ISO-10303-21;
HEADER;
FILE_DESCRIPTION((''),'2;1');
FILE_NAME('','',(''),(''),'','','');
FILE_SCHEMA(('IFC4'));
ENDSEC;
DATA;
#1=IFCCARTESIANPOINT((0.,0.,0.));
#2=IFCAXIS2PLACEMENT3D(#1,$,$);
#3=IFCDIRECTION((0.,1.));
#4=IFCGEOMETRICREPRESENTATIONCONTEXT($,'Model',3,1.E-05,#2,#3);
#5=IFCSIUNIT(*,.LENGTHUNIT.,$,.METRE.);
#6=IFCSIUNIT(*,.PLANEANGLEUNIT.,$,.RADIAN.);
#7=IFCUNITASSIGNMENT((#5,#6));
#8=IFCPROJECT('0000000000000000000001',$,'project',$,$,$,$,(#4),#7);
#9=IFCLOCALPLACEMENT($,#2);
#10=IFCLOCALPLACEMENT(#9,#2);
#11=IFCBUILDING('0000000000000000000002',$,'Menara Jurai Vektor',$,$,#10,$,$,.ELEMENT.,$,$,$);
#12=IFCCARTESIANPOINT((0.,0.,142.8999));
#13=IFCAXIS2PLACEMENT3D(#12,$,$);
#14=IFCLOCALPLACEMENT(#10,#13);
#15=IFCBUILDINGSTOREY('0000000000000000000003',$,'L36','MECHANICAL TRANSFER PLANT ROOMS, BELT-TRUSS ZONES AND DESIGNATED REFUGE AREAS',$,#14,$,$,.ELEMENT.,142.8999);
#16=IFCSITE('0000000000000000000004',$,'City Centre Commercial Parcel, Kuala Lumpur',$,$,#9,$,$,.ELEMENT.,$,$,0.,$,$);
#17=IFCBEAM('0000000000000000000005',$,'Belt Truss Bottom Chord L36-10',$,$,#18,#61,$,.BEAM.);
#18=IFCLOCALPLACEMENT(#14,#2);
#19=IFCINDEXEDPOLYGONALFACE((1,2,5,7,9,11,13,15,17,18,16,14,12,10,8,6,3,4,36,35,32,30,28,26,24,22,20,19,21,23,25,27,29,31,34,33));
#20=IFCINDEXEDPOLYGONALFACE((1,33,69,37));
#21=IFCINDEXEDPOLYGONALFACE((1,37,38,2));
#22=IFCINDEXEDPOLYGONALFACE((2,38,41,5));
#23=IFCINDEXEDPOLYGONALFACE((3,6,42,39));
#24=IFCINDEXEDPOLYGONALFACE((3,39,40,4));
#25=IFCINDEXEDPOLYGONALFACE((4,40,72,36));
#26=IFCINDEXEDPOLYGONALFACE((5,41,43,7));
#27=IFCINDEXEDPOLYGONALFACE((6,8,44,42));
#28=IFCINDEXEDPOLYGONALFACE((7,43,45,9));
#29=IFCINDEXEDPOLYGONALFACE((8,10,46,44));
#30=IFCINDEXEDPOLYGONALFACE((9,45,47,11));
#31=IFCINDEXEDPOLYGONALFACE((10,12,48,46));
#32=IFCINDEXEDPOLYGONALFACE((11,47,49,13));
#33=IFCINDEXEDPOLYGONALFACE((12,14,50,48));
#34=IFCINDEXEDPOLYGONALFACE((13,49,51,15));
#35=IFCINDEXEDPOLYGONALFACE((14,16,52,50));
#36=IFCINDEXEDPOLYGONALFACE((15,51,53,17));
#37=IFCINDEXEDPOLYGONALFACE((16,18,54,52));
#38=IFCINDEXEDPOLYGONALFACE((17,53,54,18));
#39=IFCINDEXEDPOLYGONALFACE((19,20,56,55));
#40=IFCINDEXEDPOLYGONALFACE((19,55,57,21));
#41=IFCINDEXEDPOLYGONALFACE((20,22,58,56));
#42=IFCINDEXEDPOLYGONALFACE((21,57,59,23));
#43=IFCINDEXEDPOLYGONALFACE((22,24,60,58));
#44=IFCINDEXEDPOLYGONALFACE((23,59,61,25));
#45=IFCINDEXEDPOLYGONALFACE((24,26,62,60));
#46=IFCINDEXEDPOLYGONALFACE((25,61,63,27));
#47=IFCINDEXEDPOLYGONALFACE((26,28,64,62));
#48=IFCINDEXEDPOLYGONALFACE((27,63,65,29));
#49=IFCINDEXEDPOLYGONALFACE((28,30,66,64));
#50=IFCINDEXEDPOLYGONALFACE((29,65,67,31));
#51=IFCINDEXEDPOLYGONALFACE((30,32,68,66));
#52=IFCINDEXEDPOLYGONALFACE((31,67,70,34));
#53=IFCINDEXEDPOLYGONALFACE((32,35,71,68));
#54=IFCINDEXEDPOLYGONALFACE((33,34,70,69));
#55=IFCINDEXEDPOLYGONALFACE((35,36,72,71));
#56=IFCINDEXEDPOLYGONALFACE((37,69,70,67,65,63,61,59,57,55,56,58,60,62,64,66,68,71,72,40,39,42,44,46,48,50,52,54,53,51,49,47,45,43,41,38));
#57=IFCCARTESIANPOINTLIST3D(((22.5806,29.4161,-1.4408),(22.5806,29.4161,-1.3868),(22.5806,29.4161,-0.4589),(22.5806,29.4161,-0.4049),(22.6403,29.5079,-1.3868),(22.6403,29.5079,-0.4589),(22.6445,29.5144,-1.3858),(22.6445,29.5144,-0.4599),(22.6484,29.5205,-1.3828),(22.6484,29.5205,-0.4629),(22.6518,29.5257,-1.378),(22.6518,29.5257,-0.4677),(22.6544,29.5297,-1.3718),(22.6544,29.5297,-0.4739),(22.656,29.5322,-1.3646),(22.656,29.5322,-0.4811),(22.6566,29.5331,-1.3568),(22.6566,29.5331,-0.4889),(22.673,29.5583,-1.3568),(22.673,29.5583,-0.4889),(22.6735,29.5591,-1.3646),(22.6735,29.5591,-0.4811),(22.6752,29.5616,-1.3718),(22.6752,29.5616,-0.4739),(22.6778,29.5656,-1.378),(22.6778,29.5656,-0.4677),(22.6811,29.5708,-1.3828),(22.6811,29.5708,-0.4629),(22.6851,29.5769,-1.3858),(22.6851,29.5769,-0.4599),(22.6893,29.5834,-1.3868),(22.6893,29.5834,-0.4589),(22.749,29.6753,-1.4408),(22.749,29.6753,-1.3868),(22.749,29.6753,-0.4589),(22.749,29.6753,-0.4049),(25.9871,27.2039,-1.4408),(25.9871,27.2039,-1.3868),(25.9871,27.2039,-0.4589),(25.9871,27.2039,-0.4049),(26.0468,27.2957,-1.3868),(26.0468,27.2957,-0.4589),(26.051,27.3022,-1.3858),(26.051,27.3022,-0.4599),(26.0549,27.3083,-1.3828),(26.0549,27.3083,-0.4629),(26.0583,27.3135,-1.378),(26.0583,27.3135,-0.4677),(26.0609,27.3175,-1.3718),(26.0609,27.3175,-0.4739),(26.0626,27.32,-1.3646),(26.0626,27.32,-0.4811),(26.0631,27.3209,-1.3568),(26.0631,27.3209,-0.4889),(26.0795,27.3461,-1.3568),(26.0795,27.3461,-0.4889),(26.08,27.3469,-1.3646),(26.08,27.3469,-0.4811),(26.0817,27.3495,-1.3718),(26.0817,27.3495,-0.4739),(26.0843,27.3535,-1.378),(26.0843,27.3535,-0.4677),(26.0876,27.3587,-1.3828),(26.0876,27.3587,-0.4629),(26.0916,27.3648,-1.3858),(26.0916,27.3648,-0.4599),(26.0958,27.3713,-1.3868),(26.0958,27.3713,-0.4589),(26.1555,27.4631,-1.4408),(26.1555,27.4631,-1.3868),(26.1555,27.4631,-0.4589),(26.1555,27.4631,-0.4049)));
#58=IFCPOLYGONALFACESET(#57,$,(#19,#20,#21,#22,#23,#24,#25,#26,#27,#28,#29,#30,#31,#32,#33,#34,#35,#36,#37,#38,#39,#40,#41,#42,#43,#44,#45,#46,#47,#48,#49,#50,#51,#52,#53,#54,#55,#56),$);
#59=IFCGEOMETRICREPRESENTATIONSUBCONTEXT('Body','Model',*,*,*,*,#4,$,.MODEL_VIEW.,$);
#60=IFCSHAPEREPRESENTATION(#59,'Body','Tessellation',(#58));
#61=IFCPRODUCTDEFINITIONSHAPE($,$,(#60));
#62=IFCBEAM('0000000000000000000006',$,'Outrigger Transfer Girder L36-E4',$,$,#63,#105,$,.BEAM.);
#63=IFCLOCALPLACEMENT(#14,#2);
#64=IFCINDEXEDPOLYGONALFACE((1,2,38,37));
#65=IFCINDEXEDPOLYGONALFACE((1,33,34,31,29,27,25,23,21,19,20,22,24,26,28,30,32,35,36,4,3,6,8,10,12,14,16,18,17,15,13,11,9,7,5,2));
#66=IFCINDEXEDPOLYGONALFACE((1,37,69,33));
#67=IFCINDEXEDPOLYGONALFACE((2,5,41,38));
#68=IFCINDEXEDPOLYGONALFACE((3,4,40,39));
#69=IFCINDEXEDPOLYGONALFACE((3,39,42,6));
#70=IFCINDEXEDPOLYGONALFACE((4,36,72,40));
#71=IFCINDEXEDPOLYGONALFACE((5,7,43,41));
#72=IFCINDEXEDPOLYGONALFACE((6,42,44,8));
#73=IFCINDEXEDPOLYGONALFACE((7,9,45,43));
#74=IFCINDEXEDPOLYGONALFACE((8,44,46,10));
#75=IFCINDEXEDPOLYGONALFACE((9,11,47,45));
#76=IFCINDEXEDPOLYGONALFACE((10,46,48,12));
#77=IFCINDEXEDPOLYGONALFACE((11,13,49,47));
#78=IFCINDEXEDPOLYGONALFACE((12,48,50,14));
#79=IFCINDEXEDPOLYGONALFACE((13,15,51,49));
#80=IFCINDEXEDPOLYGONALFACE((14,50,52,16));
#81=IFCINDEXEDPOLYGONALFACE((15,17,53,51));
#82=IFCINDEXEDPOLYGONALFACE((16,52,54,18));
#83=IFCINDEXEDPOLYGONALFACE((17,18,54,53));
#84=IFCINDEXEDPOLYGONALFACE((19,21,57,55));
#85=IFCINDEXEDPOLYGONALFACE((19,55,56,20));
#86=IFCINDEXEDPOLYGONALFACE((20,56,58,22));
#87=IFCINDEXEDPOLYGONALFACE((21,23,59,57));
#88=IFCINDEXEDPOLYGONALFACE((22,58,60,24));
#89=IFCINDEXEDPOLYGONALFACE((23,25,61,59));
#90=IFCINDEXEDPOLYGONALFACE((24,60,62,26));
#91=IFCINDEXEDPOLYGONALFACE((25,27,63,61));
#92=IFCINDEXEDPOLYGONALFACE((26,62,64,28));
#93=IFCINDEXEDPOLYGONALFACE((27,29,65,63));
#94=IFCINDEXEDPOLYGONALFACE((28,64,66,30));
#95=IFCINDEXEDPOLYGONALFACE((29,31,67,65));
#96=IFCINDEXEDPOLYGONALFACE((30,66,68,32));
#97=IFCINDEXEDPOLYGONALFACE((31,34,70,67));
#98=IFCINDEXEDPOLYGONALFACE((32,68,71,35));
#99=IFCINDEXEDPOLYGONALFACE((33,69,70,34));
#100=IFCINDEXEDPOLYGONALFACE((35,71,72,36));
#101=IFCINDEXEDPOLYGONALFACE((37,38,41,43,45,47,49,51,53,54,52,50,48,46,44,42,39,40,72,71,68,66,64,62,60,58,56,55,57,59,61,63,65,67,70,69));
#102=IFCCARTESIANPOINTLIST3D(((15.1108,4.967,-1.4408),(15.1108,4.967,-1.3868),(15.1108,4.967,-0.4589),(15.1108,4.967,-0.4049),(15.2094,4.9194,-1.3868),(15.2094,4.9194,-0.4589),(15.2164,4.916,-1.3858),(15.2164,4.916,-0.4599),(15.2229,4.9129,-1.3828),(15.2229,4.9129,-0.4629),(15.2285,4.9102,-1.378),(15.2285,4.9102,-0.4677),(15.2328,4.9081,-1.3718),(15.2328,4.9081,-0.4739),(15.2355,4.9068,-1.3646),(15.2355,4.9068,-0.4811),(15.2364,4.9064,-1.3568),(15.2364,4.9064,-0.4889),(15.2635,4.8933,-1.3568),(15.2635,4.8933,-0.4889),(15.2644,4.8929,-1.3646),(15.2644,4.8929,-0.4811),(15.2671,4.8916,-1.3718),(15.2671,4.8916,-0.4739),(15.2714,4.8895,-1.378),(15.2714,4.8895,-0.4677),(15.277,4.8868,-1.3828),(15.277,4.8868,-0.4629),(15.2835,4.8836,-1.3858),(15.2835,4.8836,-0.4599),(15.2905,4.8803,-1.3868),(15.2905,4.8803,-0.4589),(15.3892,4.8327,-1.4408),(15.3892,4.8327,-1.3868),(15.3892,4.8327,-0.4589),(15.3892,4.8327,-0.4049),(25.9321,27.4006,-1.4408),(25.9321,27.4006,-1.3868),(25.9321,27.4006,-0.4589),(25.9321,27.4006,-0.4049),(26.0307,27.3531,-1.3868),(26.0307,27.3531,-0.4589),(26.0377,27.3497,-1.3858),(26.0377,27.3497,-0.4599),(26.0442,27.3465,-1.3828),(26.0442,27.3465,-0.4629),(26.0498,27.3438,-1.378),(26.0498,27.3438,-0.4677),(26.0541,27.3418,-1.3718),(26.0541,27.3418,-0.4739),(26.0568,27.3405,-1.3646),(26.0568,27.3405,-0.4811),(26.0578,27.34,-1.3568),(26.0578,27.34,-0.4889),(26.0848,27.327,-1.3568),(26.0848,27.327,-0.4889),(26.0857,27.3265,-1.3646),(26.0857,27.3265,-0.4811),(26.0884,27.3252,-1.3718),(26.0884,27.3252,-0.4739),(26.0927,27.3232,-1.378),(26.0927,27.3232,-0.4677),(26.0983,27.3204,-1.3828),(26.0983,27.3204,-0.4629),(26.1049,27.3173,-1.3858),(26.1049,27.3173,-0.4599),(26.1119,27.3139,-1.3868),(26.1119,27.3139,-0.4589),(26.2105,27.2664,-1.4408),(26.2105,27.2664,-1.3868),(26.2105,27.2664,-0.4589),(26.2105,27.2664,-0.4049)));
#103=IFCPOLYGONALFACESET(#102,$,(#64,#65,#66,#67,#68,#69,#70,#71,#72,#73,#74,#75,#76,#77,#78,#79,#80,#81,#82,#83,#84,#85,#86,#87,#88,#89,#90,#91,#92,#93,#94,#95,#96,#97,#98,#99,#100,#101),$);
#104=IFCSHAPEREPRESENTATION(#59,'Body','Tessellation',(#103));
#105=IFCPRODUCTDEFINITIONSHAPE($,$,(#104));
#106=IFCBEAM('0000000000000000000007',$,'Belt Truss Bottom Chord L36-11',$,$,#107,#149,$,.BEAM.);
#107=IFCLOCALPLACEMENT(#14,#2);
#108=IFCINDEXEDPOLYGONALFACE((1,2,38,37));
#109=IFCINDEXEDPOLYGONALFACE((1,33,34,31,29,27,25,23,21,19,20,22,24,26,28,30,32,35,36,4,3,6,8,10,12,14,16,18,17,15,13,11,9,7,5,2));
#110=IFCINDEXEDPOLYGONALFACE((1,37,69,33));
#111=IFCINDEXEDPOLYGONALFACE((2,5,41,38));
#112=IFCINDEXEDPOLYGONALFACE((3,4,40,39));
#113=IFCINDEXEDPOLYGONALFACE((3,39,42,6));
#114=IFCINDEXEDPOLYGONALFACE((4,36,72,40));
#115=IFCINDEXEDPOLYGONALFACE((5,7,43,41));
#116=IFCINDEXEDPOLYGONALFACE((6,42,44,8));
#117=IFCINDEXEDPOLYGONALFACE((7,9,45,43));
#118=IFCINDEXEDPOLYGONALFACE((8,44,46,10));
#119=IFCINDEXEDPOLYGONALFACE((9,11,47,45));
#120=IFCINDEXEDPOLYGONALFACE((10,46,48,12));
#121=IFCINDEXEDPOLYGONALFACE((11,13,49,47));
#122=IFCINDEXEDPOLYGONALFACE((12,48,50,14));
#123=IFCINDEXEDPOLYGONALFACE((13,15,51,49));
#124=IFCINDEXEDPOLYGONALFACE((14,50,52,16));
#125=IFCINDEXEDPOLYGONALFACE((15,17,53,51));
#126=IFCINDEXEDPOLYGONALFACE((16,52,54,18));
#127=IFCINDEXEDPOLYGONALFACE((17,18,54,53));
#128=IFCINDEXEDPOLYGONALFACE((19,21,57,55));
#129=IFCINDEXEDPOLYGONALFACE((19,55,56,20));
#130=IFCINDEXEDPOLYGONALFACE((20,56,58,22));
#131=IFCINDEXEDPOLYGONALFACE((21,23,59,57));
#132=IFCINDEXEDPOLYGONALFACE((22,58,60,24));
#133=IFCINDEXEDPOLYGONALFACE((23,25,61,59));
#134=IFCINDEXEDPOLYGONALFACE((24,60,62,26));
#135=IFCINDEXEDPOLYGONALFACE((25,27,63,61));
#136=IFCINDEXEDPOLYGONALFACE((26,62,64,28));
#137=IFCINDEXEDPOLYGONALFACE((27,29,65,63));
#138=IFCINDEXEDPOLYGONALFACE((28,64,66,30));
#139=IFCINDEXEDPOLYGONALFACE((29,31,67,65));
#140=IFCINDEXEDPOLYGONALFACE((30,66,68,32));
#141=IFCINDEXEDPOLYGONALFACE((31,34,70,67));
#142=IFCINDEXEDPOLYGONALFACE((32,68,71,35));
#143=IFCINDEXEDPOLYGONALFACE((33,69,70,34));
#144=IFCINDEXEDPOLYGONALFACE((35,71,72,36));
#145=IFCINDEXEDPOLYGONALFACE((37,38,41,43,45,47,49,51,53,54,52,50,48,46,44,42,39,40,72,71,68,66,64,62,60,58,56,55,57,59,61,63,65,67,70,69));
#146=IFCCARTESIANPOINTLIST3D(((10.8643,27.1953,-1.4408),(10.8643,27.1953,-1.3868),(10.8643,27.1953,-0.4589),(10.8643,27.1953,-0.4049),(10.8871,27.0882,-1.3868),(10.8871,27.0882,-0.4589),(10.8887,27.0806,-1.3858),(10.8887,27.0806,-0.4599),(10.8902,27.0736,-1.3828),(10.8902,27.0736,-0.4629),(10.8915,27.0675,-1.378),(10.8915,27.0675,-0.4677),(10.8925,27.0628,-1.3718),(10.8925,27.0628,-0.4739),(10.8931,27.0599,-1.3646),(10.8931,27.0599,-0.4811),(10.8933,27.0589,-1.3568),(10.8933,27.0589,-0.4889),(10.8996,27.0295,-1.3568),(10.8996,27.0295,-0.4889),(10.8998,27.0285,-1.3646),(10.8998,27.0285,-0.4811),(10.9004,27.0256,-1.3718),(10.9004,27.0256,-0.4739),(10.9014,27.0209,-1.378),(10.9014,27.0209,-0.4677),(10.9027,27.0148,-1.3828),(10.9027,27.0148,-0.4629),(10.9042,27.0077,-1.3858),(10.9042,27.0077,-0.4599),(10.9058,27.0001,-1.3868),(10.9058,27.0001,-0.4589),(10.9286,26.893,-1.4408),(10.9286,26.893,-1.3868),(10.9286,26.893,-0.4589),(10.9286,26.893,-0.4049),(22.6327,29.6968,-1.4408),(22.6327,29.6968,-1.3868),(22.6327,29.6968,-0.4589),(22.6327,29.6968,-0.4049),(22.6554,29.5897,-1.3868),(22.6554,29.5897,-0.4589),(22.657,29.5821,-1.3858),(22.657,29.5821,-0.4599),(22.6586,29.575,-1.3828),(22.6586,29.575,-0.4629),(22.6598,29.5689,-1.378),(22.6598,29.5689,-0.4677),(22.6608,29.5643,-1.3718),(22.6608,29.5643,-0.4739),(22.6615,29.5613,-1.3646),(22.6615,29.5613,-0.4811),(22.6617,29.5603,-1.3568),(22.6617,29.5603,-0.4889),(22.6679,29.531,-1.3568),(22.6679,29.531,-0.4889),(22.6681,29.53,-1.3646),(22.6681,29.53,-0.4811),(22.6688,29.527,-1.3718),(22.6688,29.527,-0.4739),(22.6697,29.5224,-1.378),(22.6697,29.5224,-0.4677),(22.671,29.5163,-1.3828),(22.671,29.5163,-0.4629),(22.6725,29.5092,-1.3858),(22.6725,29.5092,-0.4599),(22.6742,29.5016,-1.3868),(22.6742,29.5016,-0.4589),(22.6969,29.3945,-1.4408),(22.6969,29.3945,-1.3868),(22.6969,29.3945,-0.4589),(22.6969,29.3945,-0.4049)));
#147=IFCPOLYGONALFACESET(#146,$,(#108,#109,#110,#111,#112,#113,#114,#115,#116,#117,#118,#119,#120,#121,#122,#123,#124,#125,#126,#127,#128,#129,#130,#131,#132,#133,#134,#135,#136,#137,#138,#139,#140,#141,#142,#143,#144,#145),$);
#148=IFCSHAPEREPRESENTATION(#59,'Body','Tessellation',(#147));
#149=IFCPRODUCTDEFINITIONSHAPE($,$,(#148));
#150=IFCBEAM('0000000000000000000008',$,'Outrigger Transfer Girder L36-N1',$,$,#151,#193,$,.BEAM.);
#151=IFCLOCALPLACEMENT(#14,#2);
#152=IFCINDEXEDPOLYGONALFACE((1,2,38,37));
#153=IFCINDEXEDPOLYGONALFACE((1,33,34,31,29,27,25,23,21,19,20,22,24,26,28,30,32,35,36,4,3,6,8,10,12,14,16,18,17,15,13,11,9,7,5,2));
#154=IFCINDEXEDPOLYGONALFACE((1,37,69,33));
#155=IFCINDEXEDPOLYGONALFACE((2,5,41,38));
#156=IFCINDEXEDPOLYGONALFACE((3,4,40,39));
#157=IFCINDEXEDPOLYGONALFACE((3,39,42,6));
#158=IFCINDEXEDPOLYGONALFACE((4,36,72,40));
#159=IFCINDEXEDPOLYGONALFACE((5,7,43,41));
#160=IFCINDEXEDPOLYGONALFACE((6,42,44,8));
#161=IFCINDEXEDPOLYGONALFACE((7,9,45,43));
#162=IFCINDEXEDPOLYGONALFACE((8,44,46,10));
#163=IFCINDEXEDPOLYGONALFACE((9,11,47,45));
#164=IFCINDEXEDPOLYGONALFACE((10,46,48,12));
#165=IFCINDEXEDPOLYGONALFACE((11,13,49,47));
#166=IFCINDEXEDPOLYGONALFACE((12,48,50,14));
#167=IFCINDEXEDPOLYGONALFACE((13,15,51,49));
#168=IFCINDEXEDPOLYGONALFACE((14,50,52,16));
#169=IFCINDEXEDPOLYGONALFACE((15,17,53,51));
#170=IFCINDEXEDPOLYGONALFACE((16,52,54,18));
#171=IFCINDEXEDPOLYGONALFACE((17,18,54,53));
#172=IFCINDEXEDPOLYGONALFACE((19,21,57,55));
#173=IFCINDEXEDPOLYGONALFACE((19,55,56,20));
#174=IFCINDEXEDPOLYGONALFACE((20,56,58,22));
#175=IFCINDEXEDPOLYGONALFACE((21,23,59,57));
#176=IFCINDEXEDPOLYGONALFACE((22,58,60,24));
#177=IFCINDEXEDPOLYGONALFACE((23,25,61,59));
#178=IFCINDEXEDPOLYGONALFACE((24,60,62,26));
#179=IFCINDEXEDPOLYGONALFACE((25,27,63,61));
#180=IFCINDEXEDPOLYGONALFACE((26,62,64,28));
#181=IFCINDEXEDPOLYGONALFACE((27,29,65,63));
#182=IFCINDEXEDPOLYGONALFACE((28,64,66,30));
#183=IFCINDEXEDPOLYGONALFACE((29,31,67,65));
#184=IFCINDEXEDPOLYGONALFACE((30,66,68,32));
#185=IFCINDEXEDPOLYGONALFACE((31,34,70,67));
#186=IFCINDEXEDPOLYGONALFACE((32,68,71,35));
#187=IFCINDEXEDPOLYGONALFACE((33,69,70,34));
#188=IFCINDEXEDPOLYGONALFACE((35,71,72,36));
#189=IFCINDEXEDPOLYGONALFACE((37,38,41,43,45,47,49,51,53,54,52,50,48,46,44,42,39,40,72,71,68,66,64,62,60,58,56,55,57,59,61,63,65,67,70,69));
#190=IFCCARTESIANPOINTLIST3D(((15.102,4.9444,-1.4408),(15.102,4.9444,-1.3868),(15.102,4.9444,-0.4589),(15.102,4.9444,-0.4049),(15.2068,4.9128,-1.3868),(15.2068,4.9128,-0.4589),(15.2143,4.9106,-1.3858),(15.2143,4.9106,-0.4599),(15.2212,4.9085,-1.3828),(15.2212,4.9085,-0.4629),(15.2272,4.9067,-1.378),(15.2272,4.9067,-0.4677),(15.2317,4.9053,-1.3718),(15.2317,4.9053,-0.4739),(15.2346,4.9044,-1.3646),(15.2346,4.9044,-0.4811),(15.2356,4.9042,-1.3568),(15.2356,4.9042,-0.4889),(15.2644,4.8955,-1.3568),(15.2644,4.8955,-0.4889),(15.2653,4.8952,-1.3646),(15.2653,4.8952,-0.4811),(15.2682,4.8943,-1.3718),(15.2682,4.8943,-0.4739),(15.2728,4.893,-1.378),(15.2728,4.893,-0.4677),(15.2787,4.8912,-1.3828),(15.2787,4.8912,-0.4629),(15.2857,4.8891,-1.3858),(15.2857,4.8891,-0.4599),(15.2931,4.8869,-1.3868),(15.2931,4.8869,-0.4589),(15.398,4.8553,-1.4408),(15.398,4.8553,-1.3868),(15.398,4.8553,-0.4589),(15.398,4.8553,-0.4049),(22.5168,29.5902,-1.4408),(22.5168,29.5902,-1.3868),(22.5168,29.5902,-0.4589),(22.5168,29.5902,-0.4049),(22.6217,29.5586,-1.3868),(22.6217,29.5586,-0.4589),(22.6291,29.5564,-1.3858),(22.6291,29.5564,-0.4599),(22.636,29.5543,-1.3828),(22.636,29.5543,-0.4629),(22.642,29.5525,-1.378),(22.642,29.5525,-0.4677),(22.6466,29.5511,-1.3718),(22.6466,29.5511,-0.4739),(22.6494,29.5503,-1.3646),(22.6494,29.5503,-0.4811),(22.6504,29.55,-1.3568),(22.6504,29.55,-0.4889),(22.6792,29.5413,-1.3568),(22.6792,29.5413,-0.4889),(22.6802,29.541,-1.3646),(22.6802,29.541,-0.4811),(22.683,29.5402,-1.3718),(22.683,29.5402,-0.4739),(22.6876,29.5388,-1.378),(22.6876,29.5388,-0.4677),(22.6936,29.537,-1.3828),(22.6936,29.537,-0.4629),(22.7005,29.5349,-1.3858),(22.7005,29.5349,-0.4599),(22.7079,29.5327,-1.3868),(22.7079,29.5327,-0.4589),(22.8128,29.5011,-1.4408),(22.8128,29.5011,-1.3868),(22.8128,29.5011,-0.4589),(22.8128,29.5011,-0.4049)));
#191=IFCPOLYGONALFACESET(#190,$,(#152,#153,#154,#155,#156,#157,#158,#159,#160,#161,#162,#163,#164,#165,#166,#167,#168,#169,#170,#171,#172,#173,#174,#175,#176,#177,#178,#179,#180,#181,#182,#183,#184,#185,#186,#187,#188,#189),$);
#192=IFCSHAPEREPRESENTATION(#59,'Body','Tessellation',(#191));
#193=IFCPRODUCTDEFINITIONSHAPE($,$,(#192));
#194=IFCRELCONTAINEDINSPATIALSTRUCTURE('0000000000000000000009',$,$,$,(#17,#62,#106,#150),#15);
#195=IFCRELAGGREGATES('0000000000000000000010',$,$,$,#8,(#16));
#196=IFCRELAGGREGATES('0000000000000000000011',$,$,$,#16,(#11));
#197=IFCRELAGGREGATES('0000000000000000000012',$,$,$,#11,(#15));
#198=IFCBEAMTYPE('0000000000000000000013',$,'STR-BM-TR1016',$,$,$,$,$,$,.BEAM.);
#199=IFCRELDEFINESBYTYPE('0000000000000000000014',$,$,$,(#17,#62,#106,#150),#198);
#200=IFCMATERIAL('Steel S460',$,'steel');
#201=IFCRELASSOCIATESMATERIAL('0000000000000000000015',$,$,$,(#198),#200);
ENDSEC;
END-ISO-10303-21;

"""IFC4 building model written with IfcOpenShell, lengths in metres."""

from ifc_helpers import new_model, si_unit, direction, frame, origin, origin_2d, place, context, subcontext, project, spatial, i_section, extrude, material, material_profile, profile_set, type_object, element, save


model = new_model("IFC4")

# Units and contexts
model_context = context("Model", 3, precision=1e-05, world=origin(), true_north=direction((0.0, 1.0)))
body_context = subcontext(model_context, "Body", "Model", "MODEL_VIEW")
ifc_project = project(units=[si_unit("LENGTHUNIT", "METRE"), si_unit("PLANEANGLEUNIT", "RADIAN")], contexts=[model_context])

# Site, building, storey
site_placement = place(None, origin())
site = spatial("IfcSite", under=ifc_project, at=site_placement, Name="City Centre Commercial Parcel, Kuala Lumpur", CompositionType="ELEMENT", RefElevation=0.0)
building_placement = place(site_placement, origin())
building = spatial("IfcBuilding", under=site, at=building_placement, Name="Menara Jurai Vektor", CompositionType="ELEMENT")
storey_placement = place(building_placement, frame((0.0, 0.0, 142.8999)))
storey = spatial("IfcBuildingStorey", under=building, at=storey_placement, Name="L36", Description="MECHANICAL TRANSFER PLANT ROOMS, BELT-TRUSS ZONES AND DESIGNATED REFUGE AREAS", CompositionType="ELEMENT", Elevation=142.8999)

# Shared definitions
ifc_material_1 = material(Name="Steel S460", Category="steel")

# Beams
ifc_material_profile_1 = material_profile(ifc_material_1, i_section(OverallWidth=0.3091, OverallDepth=1.0359, WebThickness=0.03, FlangeThickness=0.054, FilletRadius=0.03, at=origin_2d()), Name="UKB 1016x305x487")
ifc_profile_set_1 = profile_set([ifc_material_profile_1], Name="Steel S460")
beam_type_1 = type_object("IfcBeamType", Name="STR-BM-TR1016", PredefinedType="BEAM", material=ifc_profile_set_1)
beam_1_placement = place(storey_placement, frame((26.0713, 27.3335, -0.9229), z_axis=(-0.838676, 0.544631, 0.0), x_axis=(-0.544631, -0.838676, 0.0)))
element("IfcBeam", 1, at=beam_1_placement, inside=storey, type_object=beam_type_1, Name="Belt Truss Bottom Chord L36-10", PredefinedType="BEAM", context=body_context, shape_type="SweptSolid", body=[
    extrude(i_section(OverallWidth=0.3091, OverallDepth=1.0359, WebThickness=0.03, FlangeThickness=0.054, FilletRadius=0.03, at=origin_2d()), origin(), (0.0, 0.0, 1.0), 4.0618),
])
beam_2_placement = place(storey_placement, frame((26.0713, 27.3335, -0.9229), z_axis=(-0.434465, -0.900689, 0.0), x_axis=(0.900689, -0.434465, 0.0)))
element("IfcBeam", 2, at=beam_2_placement, inside=storey, type_object=beam_type_1, Name="Outrigger Transfer Girder L36-E4", PredefinedType="BEAM", context=body_context, shape_type="SweptSolid", body=[
    extrude(i_section(OverallWidth=0.3091, OverallDepth=1.0359, WebThickness=0.03, FlangeThickness=0.054, FilletRadius=0.03, at=origin_2d()), origin(), (0.0, 0.0, 1.0), 24.9072),
])
beam_3_placement = place(storey_placement, frame((22.6648, 29.5457, -0.9229), z_axis=(-0.978147, -0.207914, 0.0), x_axis=(0.207914, -0.978147, 0.0)))
element("IfcBeam", 3, at=beam_3_placement, inside=storey, type_object=beam_type_1, Name="Belt Truss Bottom Chord L36-11", PredefinedType="BEAM", context=body_context, shape_type="SweptSolid", body=[
    extrude(i_section(OverallWidth=0.3091, OverallDepth=1.0359, WebThickness=0.03, FlangeThickness=0.054, FilletRadius=0.03, at=origin_2d()), origin(), (0.0, 0.0, 1.0), 12.0312),
])
beam_4_placement = place(storey_placement, frame((22.6648, 29.5457, -0.9229), z_axis=(-0.288099, -0.957601, 0.0), x_axis=(0.957601, -0.288099, 0.0)))
element("IfcBeam", 4, at=beam_4_placement, inside=storey, type_object=beam_type_1, Name="Outrigger Transfer Girder L36-N1", PredefinedType="BEAM", context=body_context, shape_type="SweptSolid", body=[
    extrude(i_section(OverallWidth=0.3091, OverallDepth=1.0359, WebThickness=0.03, FlangeThickness=0.054, FilletRadius=0.03, at=origin_2d()), origin(), (0.0, 0.0, 1.0), 25.7371),
])

save(model, "model.ifc")
